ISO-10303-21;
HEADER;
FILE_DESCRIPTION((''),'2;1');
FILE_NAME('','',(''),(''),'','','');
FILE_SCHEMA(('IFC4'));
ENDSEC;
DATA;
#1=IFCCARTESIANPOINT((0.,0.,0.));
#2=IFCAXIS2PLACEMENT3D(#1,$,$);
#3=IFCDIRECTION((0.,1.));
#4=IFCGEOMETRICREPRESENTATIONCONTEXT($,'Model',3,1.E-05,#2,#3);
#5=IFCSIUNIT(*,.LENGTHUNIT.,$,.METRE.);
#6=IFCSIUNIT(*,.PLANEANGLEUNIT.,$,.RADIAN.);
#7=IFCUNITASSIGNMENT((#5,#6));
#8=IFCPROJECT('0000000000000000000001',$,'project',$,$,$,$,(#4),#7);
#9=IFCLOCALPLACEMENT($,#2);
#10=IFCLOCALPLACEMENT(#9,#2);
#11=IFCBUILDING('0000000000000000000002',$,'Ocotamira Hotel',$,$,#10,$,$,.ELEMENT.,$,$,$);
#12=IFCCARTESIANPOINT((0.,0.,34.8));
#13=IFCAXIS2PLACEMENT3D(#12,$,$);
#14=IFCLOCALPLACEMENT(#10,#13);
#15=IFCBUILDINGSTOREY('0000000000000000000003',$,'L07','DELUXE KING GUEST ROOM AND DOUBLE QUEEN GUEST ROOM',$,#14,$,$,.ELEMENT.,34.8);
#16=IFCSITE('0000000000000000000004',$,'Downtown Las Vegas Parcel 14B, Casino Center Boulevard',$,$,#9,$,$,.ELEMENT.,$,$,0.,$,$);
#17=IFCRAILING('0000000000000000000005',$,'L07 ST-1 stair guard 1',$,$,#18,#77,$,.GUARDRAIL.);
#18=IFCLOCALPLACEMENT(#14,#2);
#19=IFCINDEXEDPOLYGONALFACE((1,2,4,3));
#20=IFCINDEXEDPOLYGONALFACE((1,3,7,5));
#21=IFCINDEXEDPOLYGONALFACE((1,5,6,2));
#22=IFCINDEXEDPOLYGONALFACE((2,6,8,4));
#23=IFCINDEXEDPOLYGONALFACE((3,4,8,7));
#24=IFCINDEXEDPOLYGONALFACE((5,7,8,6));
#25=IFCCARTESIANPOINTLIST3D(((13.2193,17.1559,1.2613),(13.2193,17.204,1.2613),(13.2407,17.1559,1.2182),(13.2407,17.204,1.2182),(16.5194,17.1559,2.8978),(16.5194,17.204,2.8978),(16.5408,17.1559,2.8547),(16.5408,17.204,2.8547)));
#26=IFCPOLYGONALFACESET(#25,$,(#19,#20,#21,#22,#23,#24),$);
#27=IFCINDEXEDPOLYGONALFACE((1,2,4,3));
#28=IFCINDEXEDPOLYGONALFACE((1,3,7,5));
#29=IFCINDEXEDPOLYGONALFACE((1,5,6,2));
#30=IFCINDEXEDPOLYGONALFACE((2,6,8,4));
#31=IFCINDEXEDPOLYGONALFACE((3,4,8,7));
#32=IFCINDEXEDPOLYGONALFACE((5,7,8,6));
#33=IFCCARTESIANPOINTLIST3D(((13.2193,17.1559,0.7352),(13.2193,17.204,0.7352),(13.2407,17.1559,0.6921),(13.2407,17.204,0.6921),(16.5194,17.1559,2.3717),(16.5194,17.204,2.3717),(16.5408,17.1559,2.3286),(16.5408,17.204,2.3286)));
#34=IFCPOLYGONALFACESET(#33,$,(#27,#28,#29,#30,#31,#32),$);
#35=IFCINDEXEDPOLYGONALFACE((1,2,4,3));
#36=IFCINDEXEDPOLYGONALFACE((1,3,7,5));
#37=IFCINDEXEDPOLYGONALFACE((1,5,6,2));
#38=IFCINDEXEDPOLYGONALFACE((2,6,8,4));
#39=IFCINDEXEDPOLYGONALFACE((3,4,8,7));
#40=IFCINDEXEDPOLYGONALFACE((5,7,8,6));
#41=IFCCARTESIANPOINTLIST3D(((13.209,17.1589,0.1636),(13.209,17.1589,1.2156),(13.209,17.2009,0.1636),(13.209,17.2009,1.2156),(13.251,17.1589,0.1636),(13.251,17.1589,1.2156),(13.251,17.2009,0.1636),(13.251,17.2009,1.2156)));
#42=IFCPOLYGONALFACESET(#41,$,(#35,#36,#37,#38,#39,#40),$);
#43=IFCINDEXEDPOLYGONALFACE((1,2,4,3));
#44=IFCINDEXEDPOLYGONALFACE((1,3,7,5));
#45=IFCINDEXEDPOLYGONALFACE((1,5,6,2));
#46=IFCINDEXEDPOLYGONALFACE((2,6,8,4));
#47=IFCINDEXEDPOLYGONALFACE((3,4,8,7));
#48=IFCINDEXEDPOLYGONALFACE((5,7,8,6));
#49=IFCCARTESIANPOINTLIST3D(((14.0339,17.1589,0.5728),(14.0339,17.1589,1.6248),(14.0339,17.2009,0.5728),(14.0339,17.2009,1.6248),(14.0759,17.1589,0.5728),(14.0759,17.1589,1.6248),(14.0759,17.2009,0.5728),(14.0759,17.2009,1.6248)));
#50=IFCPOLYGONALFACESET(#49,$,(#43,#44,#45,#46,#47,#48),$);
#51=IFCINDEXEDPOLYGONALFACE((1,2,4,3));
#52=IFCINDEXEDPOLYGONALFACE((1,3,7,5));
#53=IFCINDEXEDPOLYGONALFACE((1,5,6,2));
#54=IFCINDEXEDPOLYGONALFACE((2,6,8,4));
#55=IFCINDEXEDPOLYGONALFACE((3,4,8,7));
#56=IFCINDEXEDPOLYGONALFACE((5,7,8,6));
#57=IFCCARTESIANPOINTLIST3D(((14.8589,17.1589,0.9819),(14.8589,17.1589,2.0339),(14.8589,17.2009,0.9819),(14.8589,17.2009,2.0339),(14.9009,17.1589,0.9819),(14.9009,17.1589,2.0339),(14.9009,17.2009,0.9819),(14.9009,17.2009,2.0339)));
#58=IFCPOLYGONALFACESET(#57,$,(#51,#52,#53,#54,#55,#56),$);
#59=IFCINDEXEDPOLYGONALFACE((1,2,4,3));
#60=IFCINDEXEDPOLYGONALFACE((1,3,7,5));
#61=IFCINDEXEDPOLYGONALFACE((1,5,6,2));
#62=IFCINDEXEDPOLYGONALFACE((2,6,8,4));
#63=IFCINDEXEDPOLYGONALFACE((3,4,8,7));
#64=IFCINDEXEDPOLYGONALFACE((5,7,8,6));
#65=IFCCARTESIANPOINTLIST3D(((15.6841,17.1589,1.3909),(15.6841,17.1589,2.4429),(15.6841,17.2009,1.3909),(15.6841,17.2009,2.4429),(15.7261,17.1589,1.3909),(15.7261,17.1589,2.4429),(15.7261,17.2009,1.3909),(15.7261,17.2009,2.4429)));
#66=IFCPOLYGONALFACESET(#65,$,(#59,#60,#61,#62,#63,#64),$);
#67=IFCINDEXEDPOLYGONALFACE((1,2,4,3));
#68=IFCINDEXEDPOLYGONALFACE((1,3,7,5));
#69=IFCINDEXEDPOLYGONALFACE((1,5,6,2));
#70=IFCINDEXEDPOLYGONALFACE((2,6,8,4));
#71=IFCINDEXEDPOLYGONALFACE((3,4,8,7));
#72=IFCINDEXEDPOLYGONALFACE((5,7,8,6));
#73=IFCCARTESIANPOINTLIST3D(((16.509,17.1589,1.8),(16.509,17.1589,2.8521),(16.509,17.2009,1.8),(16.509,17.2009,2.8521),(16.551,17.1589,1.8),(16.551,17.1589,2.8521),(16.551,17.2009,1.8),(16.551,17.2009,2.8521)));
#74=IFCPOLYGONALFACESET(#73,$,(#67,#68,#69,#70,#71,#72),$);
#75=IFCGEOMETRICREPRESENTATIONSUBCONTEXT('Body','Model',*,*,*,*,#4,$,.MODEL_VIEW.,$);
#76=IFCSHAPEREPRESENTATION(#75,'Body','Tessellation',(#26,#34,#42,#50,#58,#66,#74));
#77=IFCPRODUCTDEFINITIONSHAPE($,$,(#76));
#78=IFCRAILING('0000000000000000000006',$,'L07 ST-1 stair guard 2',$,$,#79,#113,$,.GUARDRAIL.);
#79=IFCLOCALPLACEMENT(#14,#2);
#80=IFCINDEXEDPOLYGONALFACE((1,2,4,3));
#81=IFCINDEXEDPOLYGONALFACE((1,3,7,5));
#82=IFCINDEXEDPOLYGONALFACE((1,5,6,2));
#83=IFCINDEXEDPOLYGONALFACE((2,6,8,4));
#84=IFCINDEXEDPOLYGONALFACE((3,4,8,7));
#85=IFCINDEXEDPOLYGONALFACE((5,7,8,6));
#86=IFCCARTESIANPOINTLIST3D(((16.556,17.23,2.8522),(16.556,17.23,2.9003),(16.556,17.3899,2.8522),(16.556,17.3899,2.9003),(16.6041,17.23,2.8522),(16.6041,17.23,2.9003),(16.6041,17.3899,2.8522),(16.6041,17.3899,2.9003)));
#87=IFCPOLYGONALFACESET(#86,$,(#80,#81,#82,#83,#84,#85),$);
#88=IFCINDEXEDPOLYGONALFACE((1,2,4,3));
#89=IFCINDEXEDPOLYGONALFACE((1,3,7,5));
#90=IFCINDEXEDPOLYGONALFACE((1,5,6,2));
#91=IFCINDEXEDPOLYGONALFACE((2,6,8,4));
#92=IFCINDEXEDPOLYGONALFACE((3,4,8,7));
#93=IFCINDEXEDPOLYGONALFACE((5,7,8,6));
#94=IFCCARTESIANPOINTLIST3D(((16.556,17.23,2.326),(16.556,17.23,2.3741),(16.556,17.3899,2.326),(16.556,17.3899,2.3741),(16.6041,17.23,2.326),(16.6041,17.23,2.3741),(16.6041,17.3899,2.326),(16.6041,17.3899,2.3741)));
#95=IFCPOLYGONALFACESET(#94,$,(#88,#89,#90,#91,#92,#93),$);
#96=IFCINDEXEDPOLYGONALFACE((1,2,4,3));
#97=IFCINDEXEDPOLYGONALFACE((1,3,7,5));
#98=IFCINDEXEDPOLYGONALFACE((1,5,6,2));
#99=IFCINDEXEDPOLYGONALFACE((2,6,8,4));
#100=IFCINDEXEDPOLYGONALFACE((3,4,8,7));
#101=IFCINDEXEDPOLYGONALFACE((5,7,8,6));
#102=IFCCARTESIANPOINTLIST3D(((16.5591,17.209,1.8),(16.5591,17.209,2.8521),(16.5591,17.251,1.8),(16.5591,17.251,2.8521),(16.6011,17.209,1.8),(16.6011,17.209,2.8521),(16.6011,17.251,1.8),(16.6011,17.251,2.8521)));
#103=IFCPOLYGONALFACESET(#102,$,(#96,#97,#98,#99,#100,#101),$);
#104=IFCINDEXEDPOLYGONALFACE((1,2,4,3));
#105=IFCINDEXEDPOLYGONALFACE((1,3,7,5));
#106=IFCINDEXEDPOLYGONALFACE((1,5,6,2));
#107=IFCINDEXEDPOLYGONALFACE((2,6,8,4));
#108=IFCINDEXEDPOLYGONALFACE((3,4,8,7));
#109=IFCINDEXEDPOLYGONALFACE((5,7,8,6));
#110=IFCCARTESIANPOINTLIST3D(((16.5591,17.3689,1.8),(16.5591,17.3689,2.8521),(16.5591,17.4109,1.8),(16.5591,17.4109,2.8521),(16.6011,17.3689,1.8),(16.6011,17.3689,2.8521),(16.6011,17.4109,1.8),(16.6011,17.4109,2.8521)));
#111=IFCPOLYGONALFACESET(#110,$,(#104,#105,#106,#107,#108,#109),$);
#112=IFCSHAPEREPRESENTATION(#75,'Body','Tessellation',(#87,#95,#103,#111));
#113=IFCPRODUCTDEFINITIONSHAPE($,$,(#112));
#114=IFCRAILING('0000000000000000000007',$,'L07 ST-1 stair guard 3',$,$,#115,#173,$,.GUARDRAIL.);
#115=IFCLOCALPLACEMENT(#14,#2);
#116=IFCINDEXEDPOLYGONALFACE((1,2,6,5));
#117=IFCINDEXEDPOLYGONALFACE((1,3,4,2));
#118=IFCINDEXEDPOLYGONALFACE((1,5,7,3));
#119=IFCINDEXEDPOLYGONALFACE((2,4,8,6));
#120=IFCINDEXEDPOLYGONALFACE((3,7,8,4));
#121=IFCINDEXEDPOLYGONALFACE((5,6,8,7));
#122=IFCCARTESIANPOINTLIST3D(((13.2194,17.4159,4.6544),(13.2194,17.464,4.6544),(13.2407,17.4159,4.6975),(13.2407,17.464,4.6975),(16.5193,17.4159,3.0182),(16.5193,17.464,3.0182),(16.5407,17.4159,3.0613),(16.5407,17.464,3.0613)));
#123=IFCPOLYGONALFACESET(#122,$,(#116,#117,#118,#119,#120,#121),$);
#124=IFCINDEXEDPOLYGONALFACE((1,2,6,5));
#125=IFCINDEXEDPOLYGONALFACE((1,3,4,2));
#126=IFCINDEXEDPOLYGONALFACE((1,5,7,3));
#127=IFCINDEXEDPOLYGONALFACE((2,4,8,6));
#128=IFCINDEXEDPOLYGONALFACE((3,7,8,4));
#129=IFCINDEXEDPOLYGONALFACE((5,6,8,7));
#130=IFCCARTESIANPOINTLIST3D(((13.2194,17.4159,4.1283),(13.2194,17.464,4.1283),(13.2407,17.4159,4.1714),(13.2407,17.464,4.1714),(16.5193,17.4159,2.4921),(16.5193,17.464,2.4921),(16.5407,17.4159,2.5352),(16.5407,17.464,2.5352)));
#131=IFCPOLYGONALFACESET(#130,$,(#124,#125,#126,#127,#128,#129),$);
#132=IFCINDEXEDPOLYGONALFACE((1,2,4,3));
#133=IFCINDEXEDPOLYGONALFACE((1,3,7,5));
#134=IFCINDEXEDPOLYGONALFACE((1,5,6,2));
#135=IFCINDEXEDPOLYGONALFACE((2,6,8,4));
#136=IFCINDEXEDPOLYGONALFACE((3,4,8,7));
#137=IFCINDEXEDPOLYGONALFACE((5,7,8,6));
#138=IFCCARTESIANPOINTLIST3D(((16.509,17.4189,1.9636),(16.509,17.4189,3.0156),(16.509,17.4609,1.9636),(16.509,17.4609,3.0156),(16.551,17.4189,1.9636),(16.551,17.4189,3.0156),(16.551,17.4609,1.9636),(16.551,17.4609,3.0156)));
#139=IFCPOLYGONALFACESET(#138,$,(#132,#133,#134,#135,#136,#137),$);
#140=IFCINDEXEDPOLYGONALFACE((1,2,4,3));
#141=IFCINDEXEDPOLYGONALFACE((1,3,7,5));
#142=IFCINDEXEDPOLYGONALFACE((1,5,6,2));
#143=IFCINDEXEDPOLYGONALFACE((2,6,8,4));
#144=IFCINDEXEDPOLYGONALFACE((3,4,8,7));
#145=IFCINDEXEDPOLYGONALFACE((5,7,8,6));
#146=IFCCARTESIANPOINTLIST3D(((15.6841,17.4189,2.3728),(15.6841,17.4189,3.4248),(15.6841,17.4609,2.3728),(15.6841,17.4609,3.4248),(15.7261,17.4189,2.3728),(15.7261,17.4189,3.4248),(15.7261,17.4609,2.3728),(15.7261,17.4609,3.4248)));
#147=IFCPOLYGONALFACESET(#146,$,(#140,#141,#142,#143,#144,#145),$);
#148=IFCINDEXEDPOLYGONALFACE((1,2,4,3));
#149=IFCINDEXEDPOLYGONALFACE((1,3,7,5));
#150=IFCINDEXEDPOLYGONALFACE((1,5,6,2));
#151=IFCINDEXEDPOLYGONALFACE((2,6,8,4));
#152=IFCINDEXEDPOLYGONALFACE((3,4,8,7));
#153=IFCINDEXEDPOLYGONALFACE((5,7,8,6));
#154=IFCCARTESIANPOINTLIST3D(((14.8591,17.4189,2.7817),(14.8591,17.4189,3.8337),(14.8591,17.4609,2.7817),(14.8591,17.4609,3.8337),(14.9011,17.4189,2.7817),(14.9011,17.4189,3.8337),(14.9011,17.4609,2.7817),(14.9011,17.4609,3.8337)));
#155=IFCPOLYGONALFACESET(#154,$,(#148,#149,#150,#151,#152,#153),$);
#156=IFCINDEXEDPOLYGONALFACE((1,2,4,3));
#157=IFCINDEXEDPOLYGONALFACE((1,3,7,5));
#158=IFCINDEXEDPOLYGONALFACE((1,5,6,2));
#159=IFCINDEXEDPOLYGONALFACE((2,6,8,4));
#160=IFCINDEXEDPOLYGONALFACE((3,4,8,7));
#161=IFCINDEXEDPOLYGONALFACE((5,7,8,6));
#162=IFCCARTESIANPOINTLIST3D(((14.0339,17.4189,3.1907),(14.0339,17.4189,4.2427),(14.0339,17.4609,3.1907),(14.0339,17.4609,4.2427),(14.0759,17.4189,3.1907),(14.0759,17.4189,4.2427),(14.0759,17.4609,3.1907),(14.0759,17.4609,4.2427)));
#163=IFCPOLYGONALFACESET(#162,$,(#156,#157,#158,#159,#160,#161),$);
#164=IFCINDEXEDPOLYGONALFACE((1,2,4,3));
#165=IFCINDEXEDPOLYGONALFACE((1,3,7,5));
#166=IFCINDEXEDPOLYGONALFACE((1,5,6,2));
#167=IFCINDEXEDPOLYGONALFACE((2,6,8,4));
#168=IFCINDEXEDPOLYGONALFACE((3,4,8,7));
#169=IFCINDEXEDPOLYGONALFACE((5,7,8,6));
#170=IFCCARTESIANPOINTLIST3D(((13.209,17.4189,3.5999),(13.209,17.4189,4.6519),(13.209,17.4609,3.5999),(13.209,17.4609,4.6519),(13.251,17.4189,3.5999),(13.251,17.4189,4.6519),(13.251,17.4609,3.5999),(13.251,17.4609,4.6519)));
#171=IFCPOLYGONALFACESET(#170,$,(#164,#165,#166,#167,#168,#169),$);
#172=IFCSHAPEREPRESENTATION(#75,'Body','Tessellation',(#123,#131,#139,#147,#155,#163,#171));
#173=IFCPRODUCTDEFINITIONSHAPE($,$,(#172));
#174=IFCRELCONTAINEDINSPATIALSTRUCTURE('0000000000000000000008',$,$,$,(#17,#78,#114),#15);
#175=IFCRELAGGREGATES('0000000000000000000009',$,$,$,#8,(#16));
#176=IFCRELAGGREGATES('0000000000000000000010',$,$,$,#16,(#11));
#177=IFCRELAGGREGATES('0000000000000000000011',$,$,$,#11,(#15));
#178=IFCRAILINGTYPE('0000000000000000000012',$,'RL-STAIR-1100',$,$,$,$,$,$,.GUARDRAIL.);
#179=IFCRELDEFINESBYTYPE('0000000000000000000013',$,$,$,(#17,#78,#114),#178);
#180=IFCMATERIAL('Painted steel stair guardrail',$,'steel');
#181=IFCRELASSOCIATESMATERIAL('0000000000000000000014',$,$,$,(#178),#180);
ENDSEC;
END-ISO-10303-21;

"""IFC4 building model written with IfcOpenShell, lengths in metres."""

from ifc_helpers import new_model, si_unit, direction, frame, origin, origin_2d, place, context, subcontext, project, spatial, rectangle, extrude, material, type_object, element, save


model = new_model("IFC4")

# Units and contexts
model_context = context("Model", 3, precision=1e-05, world=origin(), true_north=direction((0.0, 1.0)))
body_context = subcontext(model_context, "Body", "Model", "MODEL_VIEW")
ifc_project = project(units=[si_unit("LENGTHUNIT", "METRE"), si_unit("PLANEANGLEUNIT", "RADIAN")], contexts=[model_context])

# Site, building, storey
site_placement = place(None, origin())
site = spatial("IfcSite", under=ifc_project, at=site_placement, Name="Downtown Las Vegas Parcel 14B, Casino Center Boulevard", CompositionType="ELEMENT", RefElevation=0.0)
building_placement = place(site_placement, origin())
building = spatial("IfcBuilding", under=site, at=building_placement, Name="Ocotamira Hotel", CompositionType="ELEMENT")
storey_placement = place(building_placement, frame((0.0, 0.0, 34.8)))
storey = spatial("IfcBuildingStorey", under=building, at=storey_placement, Name="L07", Description="DELUXE KING GUEST ROOM AND DOUBLE QUEEN GUEST ROOM", CompositionType="ELEMENT", Elevation=34.8)

# Railings
ifc_material_1 = material(Name="Painted steel stair guardrail", Category="steel")
railing_type_1 = type_object("IfcRailingType", Name="RL-STAIR-1100", PredefinedType="GUARDRAIL", material=ifc_material_1)
railing_1_placement = place(storey_placement, frame((13.23, 17.1799, 0.1636)))
element("IfcRailing", 1, at=railing_1_placement, inside=storey, type_object=railing_type_1, Name="L07 ST-1 stair guard 1", PredefinedType="GUARDRAIL", context=body_context, shape_type="SweptSolid", body=[
    extrude(rectangle(XDim=0.0481, YDim=0.0481, at=origin_2d()), frame((0.0, 0.0, 1.0762), z_axis=(0.895894, 0.0, 0.444268), x_axis=(0.0, 1.0, 0.0)), (0.0, 0.0, 1.0), 3.6836),
    extrude(rectangle(XDim=0.0481, YDim=0.0481, at=origin_2d()), frame((0.0, 0.0, 0.55), z_axis=(0.895894, 0.0, 0.444268), x_axis=(0.0, 1.0, 0.0)), (0.0, 0.0, 1.0), 3.6836),
    extrude(rectangle(XDim=0.042, YDim=0.042, at=origin_2d()), origin(), (0.0, 0.0, 1.0), 1.052),
    extrude(rectangle(XDim=0.042, YDim=0.042, at=origin_2d()), frame((0.825, 0.0, 0.4092)), (0.0, 0.0, 1.0), 1.052),
    extrude(rectangle(XDim=0.042, YDim=0.042, at=origin_2d()), frame((1.6499, 0.0, 0.8184)), (0.0, 0.0, 1.0), 1.052),
    extrude(rectangle(XDim=0.042, YDim=0.042, at=origin_2d()), frame((2.4751, 0.0, 1.2273)), (0.0, 0.0, 1.0), 1.052),
    extrude(rectangle(XDim=0.042, YDim=0.042, at=origin_2d()), frame((3.3, 0.0, 1.6365)), (0.0, 0.0, 1.0), 1.052),
])
railing_2_placement = place(storey_placement, frame((16.5801, 17.23, 1.8)))
element("IfcRailing", 2, at=railing_2_placement, inside=storey, type_object=railing_type_1, Name="L07 ST-1 stair guard 2", PredefinedType="GUARDRAIL", context=body_context, shape_type="SweptSolid", body=[
    extrude(rectangle(XDim=0.0481, YDim=0.0481, at=origin_2d()), frame((0.0, 0.0, 1.0762), z_axis=(0.0, 1.0, 0.0), x_axis=(-1.0, 0.0, 0.0)), (0.0, 0.0, 1.0), 0.1599),
    extrude(rectangle(XDim=0.0481, YDim=0.0481, at=origin_2d()), frame((0.0, 0.0, 0.55), z_axis=(0.0, 1.0, 0.0), x_axis=(-1.0, 0.0, 0.0)), (0.0, 0.0, 1.0), 0.1599),
    extrude(rectangle(XDim=0.042, YDim=0.042, at=origin_2d()), origin(), (0.0, 0.0, 1.0), 1.052),
    extrude(rectangle(XDim=0.042, YDim=0.042, at=origin_2d()), frame((0.0, 0.1599, 0.0)), (0.0, 0.0, 1.0), 1.052),
])
railing_3_placement = place(storey_placement, frame((16.53, 17.4399, 1.9636)))
element("IfcRailing", 3, at=railing_3_placement, inside=storey, type_object=railing_type_1, Name="L07 ST-1 stair guard 3", PredefinedType="GUARDRAIL", context=body_context, shape_type="SweptSolid", body=[
    extrude(rectangle(XDim=0.0481, YDim=0.0481, at=origin_2d()), frame((0.0, 0.0, 1.0762), z_axis=(-0.89592, 0.0, 0.444215), x_axis=(0.0, -1.0, 0.0)), (0.0, 0.0, 1.0), 3.6833),
    extrude(rectangle(XDim=0.0481, YDim=0.0481, at=origin_2d()), frame((0.0, 0.0, 0.55), z_axis=(-0.89592, 0.0, 0.444215), x_axis=(0.0, -1.0, 0.0)), (0.0, 0.0, 1.0), 3.6833),
    extrude(rectangle(XDim=0.042, YDim=0.042, at=origin_2d()), origin(), (0.0, 0.0, 1.0), 1.052),
    extrude(rectangle(XDim=0.042, YDim=0.042, at=origin_2d()), frame((-0.825, 0.0, 0.4092)), (0.0, 0.0, 1.0), 1.052),
    extrude(rectangle(XDim=0.042, YDim=0.042, at=origin_2d()), frame((-1.6499, 0.0, 0.8181)), (0.0, 0.0, 1.0), 1.052),
    extrude(rectangle(XDim=0.042, YDim=0.042, at=origin_2d()), frame((-2.4751, 0.0, 1.2271)), (0.0, 0.0, 1.0), 1.052),
    extrude(rectangle(XDim=0.042, YDim=0.042, at=origin_2d()), frame((-3.3, 0.0, 1.6362)), (0.0, 0.0, 1.0), 1.052),
])

save(model, "model.ifc")
